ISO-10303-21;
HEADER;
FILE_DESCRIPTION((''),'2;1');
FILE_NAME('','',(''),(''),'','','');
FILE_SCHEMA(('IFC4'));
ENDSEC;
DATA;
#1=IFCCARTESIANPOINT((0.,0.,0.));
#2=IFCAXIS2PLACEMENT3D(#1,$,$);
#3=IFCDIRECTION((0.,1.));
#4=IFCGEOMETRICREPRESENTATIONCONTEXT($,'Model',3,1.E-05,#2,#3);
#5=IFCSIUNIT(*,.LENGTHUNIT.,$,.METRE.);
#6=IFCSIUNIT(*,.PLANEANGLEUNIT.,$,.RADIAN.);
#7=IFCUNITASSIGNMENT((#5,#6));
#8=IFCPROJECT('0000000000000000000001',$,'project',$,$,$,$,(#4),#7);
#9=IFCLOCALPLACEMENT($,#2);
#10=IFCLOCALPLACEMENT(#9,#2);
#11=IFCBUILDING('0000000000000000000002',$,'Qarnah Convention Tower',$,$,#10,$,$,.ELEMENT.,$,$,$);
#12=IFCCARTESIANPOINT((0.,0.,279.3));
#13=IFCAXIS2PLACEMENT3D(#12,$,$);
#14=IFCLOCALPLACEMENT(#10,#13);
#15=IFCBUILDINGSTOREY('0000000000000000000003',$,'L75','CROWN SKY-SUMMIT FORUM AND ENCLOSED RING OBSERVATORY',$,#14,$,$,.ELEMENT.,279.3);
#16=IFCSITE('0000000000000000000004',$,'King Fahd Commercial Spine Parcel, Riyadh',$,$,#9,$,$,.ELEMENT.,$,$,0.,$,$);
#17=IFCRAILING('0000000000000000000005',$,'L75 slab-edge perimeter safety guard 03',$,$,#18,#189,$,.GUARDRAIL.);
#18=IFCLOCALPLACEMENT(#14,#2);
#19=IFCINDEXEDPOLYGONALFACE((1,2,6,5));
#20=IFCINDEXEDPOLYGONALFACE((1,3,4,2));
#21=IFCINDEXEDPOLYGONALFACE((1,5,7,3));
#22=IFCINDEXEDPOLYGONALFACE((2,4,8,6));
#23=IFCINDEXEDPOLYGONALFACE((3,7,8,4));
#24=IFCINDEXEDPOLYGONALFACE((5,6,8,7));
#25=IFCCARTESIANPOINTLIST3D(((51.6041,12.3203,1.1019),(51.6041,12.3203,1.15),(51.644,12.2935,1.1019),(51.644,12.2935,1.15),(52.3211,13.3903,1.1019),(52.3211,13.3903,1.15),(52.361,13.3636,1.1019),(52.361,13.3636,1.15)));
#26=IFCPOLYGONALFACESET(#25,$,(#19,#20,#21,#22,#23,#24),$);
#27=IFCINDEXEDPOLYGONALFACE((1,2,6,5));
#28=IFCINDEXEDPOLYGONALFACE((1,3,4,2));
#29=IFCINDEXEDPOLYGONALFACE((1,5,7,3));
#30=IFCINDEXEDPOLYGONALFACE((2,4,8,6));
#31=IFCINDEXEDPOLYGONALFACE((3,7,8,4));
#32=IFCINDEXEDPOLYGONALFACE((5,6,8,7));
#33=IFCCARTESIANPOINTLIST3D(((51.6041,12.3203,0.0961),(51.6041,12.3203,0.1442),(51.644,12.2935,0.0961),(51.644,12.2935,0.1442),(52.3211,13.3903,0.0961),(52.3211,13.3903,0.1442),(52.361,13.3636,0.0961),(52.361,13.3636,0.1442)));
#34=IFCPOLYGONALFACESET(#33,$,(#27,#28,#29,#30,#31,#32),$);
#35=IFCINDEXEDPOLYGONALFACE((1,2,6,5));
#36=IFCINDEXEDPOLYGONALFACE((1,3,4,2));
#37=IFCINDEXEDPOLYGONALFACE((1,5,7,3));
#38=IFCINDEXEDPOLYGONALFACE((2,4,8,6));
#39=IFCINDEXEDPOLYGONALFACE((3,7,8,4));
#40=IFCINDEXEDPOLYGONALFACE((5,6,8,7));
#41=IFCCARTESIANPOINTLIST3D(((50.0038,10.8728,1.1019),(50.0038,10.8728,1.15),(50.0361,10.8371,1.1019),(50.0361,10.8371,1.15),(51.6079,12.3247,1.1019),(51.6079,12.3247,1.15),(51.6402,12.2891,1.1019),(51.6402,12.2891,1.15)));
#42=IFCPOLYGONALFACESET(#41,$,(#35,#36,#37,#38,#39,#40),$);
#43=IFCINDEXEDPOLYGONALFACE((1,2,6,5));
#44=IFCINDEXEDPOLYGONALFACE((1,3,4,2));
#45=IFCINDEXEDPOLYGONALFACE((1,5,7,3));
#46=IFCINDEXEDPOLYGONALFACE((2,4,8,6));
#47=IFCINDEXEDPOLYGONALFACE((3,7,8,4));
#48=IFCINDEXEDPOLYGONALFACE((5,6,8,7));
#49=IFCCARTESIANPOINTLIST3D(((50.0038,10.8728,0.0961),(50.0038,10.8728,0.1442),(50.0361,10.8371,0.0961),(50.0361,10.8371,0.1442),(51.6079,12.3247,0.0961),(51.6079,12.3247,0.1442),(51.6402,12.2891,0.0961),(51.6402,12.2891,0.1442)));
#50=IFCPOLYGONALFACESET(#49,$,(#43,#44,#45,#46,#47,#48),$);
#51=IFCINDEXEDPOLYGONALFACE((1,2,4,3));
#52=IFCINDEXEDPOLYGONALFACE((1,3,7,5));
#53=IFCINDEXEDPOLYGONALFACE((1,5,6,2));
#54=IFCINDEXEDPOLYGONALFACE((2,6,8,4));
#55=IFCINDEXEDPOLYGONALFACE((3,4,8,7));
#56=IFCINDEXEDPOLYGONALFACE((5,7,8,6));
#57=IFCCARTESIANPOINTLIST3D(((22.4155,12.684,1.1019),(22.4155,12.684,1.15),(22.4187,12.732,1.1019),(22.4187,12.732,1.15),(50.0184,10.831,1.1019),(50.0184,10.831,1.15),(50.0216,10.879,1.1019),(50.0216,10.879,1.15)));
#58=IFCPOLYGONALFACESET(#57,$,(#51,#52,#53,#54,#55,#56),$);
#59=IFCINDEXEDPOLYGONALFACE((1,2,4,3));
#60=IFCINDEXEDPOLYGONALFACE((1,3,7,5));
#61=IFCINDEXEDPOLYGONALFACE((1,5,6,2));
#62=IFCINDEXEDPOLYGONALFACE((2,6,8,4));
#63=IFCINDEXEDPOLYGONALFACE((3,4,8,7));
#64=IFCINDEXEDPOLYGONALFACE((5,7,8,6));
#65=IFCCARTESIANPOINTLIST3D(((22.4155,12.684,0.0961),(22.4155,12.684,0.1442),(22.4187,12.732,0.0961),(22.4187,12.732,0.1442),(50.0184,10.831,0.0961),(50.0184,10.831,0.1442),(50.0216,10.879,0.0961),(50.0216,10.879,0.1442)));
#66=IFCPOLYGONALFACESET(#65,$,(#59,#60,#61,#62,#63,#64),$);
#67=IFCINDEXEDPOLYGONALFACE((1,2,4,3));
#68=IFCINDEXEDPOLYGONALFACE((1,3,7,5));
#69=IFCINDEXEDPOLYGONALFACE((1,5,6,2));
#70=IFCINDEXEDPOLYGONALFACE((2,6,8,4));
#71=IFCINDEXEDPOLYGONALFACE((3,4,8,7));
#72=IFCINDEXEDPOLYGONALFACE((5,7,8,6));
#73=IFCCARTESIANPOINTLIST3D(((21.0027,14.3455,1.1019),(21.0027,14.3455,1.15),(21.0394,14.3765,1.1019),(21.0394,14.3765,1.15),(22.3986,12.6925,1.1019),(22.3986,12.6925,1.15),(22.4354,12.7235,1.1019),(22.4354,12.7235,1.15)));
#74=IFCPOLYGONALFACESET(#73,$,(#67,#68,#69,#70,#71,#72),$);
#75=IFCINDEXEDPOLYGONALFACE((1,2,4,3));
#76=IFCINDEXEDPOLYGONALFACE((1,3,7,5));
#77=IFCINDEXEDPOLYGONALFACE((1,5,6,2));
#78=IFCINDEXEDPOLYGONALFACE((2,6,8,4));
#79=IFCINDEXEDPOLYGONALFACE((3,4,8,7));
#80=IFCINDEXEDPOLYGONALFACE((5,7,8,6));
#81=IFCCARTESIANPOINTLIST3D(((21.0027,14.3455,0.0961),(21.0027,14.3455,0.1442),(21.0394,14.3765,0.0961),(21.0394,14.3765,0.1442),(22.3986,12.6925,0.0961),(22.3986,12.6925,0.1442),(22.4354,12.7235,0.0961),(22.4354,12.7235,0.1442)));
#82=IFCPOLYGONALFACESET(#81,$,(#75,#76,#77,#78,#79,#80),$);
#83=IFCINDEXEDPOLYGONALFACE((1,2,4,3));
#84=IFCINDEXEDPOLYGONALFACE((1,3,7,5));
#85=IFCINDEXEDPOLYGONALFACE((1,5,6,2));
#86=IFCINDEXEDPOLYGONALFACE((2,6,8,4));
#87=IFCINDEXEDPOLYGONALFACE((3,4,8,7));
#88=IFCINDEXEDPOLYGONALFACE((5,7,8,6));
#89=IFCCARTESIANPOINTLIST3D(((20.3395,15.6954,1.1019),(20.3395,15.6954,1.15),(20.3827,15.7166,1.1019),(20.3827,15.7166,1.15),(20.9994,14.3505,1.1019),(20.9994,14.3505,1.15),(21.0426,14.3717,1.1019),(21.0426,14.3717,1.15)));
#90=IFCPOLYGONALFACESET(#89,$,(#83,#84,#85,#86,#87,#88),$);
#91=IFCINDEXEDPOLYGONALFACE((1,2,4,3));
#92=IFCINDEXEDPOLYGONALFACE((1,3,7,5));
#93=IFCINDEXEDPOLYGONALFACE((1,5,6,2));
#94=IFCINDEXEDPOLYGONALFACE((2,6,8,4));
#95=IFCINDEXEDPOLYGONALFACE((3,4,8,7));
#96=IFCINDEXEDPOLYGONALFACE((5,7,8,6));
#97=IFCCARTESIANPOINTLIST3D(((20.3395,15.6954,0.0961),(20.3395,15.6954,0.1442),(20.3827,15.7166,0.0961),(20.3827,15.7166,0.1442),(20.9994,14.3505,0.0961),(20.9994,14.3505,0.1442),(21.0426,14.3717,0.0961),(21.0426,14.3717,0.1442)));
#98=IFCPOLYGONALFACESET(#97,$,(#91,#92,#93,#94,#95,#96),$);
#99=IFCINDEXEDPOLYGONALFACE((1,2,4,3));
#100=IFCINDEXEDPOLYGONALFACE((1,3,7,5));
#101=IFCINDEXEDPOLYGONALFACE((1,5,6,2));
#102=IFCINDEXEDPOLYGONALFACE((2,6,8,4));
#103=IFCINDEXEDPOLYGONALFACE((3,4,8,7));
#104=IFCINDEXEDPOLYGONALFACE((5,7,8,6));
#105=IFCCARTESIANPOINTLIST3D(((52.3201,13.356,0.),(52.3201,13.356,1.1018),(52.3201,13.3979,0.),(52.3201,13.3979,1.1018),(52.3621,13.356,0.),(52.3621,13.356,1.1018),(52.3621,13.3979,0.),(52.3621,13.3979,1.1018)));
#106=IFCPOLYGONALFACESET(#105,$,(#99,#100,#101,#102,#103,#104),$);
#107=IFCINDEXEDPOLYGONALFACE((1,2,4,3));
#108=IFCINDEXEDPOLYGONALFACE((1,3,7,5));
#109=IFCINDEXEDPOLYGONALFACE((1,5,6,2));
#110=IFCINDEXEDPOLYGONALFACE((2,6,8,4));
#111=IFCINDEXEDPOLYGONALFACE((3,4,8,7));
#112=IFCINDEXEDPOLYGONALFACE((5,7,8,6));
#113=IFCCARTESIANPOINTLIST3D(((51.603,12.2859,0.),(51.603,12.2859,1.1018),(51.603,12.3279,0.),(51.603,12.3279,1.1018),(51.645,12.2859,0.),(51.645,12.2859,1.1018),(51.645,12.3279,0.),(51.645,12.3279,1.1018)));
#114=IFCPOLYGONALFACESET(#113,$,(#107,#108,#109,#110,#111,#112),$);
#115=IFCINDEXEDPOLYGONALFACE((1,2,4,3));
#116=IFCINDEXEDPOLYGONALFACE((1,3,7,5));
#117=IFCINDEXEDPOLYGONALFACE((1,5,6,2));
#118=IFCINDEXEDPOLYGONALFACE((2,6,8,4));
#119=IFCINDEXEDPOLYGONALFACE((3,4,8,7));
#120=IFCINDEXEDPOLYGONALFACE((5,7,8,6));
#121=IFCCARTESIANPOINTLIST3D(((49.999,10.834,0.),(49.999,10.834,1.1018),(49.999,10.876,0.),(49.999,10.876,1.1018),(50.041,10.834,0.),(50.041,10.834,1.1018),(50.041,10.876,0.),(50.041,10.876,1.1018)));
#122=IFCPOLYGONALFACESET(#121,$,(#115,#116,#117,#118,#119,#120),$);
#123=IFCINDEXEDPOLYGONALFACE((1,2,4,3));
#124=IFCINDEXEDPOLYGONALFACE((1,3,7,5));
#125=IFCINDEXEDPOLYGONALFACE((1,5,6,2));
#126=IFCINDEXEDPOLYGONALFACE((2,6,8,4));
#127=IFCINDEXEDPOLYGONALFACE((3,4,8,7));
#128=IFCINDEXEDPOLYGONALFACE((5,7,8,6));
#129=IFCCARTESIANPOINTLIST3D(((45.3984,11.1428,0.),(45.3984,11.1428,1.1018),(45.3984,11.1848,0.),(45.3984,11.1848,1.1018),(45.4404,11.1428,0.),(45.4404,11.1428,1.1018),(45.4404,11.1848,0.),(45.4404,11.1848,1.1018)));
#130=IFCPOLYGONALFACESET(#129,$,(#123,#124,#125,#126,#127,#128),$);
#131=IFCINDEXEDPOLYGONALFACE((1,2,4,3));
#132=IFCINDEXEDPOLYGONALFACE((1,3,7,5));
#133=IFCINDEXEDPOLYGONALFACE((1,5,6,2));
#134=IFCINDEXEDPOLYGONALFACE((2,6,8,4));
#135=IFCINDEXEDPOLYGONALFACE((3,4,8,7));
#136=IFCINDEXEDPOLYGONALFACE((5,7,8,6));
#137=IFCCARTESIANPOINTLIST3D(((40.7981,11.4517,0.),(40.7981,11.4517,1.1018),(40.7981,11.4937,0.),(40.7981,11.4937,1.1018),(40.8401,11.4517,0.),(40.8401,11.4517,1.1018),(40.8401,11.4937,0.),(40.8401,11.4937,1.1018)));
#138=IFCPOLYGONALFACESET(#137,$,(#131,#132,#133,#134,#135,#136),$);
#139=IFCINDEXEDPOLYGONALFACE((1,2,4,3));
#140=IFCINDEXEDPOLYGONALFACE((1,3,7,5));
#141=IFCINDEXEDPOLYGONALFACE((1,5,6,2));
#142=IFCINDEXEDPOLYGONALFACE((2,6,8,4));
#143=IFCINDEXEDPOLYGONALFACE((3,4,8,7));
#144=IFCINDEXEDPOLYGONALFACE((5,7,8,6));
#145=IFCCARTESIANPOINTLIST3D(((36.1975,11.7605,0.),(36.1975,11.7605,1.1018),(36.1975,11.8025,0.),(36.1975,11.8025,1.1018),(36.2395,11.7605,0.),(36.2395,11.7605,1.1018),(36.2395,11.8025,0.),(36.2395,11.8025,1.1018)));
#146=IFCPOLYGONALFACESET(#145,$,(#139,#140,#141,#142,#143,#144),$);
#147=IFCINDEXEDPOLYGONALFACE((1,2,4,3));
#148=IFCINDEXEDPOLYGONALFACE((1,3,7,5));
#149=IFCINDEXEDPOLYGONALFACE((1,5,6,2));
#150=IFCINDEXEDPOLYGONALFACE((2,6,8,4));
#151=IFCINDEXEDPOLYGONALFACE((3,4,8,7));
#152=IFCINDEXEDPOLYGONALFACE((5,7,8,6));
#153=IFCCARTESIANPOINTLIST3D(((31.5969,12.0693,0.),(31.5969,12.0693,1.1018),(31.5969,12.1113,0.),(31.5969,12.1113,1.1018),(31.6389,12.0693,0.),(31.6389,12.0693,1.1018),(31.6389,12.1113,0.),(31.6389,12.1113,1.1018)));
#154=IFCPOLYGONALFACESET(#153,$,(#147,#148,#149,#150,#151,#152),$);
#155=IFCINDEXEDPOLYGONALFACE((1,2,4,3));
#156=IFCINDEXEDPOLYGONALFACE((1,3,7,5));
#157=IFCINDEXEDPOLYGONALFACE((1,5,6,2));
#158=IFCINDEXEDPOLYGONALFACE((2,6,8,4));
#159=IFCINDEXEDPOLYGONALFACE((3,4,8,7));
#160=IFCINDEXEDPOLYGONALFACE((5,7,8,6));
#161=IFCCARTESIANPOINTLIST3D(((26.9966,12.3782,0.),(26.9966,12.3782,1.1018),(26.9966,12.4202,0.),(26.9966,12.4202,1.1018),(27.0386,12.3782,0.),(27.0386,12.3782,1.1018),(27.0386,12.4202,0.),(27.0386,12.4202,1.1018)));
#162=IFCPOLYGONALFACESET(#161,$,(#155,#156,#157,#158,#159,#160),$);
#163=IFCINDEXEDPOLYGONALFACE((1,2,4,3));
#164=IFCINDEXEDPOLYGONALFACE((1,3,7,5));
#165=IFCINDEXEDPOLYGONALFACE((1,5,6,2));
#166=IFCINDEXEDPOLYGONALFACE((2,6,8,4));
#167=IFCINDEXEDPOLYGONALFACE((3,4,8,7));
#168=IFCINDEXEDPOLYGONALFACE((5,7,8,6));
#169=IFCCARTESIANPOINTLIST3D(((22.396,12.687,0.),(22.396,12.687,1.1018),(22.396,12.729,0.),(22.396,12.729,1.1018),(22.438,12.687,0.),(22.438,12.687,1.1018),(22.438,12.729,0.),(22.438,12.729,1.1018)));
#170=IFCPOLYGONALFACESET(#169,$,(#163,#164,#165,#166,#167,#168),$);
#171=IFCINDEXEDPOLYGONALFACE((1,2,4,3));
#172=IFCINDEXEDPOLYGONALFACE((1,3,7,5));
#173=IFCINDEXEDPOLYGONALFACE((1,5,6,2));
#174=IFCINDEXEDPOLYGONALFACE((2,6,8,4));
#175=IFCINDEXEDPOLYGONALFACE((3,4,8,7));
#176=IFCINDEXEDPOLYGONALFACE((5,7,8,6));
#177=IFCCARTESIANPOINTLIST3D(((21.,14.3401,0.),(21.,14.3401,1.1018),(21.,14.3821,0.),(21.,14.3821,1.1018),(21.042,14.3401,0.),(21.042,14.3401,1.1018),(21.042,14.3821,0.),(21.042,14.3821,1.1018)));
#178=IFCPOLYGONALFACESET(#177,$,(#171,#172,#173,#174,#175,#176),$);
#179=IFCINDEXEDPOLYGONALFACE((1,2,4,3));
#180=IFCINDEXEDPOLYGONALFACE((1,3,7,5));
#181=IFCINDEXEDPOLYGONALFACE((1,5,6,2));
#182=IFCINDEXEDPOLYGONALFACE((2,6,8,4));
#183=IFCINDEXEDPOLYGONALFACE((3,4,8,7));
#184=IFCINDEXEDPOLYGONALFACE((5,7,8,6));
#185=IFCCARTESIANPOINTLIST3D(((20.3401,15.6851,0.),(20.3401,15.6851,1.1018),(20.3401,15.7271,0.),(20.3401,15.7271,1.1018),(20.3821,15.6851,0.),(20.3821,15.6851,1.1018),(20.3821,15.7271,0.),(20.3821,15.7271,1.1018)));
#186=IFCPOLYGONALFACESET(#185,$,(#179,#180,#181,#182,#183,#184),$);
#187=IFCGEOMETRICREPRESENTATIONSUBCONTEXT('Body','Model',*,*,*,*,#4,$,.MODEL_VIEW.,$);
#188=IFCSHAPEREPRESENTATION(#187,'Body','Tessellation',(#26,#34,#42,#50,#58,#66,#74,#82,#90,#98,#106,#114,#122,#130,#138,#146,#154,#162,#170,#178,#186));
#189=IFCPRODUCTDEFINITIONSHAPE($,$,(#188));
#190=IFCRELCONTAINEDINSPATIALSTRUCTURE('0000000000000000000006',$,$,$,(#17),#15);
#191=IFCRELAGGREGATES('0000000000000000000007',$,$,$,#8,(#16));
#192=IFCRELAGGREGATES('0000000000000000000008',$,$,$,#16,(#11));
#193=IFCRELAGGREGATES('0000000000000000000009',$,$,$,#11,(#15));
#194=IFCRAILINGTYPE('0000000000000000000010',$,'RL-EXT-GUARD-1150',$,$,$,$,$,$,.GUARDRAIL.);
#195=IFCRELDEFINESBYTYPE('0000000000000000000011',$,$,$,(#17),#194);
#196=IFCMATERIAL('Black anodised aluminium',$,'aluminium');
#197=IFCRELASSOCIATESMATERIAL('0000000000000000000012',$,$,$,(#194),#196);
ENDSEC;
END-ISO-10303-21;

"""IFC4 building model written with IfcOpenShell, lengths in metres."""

from ifc_helpers import new_model, si_unit, direction, frame, origin, origin_2d, place, context, subcontext, project, spatial, rectangle, extrude, material, type_object, element, save


model = new_model("IFC4")

# Units and contexts
model_context = context("Model", 3, precision=1e-05, world=origin(), true_north=direction((0.0, 1.0)))
body_context = subcontext(model_context, "Body", "Model", "MODEL_VIEW")
ifc_project = project(units=[si_unit("LENGTHUNIT", "METRE"), si_unit("PLANEANGLEUNIT", "RADIAN")], contexts=[model_context])

# Site, building, storey
site_placement = place(None, origin())
site = spatial("IfcSite", under=ifc_project, at=site_placement, Name="King Fahd Commercial Spine Parcel, Riyadh", CompositionType="ELEMENT", RefElevation=0.0)
building_placement = place(site_placement, origin())
building = spatial("IfcBuilding", under=site, at=building_placement, Name="Qarnah Convention Tower", CompositionType="ELEMENT")
storey_placement = place(building_placement, frame((0.0, 0.0, 279.3)))
storey = spatial("IfcBuildingStorey", under=building, at=storey_placement, Name="L75", Description="CROWN SKY-SUMMIT FORUM AND ENCLOSED RING OBSERVATORY", CompositionType="ELEMENT", Elevation=279.3)

# Shared definitions
ifc_material_1 = material(Name="Black anodised aluminium", Category="aluminium")

# Railing
railing_type_1 = type_object("IfcRailingType", Name="RL-EXT-GUARD-1150", PredefinedType="GUARDRAIL", material=ifc_material_1)
railing_1_placement = place(storey_placement, frame((52.3411, 13.377, 0.0)))
element("IfcRailing", 1, at=railing_1_placement, inside=storey, type_object=railing_type_1, Name="L75 slab-edge perimeter safety guard 03", PredefinedType="GUARDRAIL", context=body_context, shape_type="SweptSolid", body=[
    extrude(rectangle(XDim=0.0481, YDim=0.0481, at=origin_2d()), frame((0.0, 0.0, 1.126), z_axis=(-0.556667, -0.830736, 0.0), x_axis=(0.830736, -0.556667, 0.0)), (0.0, 0.0, 1.0), 1.2881),
    extrude(rectangle(XDim=0.0481, YDim=0.0481, at=origin_2d()), frame((0.0, 0.0, 0.1201), z_axis=(-0.556667, -0.830736, 0.0), x_axis=(0.830736, -0.556667, 0.0)), (0.0, 0.0, 1.0), 1.2881),
    extrude(rectangle(XDim=0.0481, YDim=0.0481, at=origin_2d()), frame((-0.717, -1.0701, 1.126), z_axis=(-0.741383, -0.671082, 0.0), x_axis=(0.671082, -0.741383, 0.0)), (0.0, 0.0, 1.0), 2.1636),
    extrude(rectangle(XDim=0.0481, YDim=0.0481, at=origin_2d()), frame((-0.717, -1.0701, 0.1201), z_axis=(-0.741383, -0.671082, 0.0), x_axis=(0.671082, -0.741383, 0.0)), (0.0, 0.0, 1.0), 2.1636),
    extrude(rectangle(XDim=0.0481, YDim=0.0481, at=origin_2d()), frame((-2.321, -2.522, 1.126), z_axis=(-0.997754, 0.066981, 0.0), x_axis=(-0.066981, -0.997754, 0.0)), (0.0, 0.0, 1.0), 27.665),
    extrude(rectangle(XDim=0.0481, YDim=0.0481, at=origin_2d()), frame((-2.321, -2.522, 0.1201), z_axis=(-0.997754, 0.066981, 0.0), x_axis=(-0.066981, -0.997754, 0.0)), (0.0, 0.0, 1.0), 27.665),
    extrude(rectangle(XDim=0.0481, YDim=0.0481, at=origin_2d()), frame((-29.9241, -0.6689, 1.126), z_axis=(-0.645198, 0.764015, 0.0), x_axis=(-0.764015, -0.645198, 0.0)), (0.0, 0.0, 1.0), 2.1636),
    extrude(rectangle(XDim=0.0481, YDim=0.0481, at=origin_2d()), frame((-29.9241, -0.6689, 0.1201), z_axis=(-0.645198, 0.764015, 0.0), x_axis=(-0.764015, -0.645198, 0.0)), (0.0, 0.0, 1.0), 2.1636),
    extrude(rectangle(XDim=0.0481, YDim=0.0481, at=origin_2d()), frame((-31.3201, 0.9841, 1.126), z_axis=(-0.440487, 0.897759, 0.0), x_axis=(-0.897759, -0.440487, 0.0)), (0.0, 0.0, 1.0), 1.498),
    extrude(rectangle(XDim=0.0481, YDim=0.0481, at=origin_2d()), frame((-31.3201, 0.9841, 0.1201), z_axis=(-0.440487, 0.897759, 0.0), x_axis=(-0.897759, -0.440487, 0.0)), (0.0, 0.0, 1.0), 1.498),
    extrude(rectangle(XDim=0.042, YDim=0.042, at=origin_2d()), origin(), (0.0, 0.0, 1.0), 1.1018),
    extrude(rectangle(XDim=0.042, YDim=0.042, at=origin_2d()), frame((-0.717, -1.0701, 0.0)), (0.0, 0.0, 1.0), 1.1018),
    extrude(rectangle(XDim=0.042, YDim=0.042, at=origin_2d()), frame((-2.321, -2.522, 0.0)), (0.0, 0.0, 1.0), 1.1018),
    extrude(rectangle(XDim=0.042, YDim=0.042, at=origin_2d()), frame((-6.9216, -2.2131, 0.0)), (0.0, 0.0, 1.0), 1.1018),
    extrude(rectangle(XDim=0.042, YDim=0.042, at=origin_2d()), frame((-11.522, -1.9043, 0.0)), (0.0, 0.0, 1.0), 1.1018),
    extrude(rectangle(XDim=0.042, YDim=0.042, at=origin_2d()), frame((-16.1226, -1.5955, 0.0)), (0.0, 0.0, 1.0), 1.1018),
    extrude(rectangle(XDim=0.042, YDim=0.042, at=origin_2d()), frame((-20.7231, -1.2866, 0.0)), (0.0, 0.0, 1.0), 1.1018),
    extrude(rectangle(XDim=0.042, YDim=0.042, at=origin_2d()), frame((-25.3235, -0.9778, 0.0)), (0.0, 0.0, 1.0), 1.1018),
    extrude(rectangle(XDim=0.042, YDim=0.042, at=origin_2d()), frame((-29.9241, -0.6689, 0.0)), (0.0, 0.0, 1.0), 1.1018),
    extrude(rectangle(XDim=0.042, YDim=0.042, at=origin_2d()), frame((-31.3201, 0.9841, 0.0)), (0.0, 0.0, 1.0), 1.1018),
    extrude(rectangle(XDim=0.042, YDim=0.042, at=origin_2d()), frame((-31.98, 2.3291, 0.0)), (0.0, 0.0, 1.0), 1.1018),
])

save(model, "model.ifc")
